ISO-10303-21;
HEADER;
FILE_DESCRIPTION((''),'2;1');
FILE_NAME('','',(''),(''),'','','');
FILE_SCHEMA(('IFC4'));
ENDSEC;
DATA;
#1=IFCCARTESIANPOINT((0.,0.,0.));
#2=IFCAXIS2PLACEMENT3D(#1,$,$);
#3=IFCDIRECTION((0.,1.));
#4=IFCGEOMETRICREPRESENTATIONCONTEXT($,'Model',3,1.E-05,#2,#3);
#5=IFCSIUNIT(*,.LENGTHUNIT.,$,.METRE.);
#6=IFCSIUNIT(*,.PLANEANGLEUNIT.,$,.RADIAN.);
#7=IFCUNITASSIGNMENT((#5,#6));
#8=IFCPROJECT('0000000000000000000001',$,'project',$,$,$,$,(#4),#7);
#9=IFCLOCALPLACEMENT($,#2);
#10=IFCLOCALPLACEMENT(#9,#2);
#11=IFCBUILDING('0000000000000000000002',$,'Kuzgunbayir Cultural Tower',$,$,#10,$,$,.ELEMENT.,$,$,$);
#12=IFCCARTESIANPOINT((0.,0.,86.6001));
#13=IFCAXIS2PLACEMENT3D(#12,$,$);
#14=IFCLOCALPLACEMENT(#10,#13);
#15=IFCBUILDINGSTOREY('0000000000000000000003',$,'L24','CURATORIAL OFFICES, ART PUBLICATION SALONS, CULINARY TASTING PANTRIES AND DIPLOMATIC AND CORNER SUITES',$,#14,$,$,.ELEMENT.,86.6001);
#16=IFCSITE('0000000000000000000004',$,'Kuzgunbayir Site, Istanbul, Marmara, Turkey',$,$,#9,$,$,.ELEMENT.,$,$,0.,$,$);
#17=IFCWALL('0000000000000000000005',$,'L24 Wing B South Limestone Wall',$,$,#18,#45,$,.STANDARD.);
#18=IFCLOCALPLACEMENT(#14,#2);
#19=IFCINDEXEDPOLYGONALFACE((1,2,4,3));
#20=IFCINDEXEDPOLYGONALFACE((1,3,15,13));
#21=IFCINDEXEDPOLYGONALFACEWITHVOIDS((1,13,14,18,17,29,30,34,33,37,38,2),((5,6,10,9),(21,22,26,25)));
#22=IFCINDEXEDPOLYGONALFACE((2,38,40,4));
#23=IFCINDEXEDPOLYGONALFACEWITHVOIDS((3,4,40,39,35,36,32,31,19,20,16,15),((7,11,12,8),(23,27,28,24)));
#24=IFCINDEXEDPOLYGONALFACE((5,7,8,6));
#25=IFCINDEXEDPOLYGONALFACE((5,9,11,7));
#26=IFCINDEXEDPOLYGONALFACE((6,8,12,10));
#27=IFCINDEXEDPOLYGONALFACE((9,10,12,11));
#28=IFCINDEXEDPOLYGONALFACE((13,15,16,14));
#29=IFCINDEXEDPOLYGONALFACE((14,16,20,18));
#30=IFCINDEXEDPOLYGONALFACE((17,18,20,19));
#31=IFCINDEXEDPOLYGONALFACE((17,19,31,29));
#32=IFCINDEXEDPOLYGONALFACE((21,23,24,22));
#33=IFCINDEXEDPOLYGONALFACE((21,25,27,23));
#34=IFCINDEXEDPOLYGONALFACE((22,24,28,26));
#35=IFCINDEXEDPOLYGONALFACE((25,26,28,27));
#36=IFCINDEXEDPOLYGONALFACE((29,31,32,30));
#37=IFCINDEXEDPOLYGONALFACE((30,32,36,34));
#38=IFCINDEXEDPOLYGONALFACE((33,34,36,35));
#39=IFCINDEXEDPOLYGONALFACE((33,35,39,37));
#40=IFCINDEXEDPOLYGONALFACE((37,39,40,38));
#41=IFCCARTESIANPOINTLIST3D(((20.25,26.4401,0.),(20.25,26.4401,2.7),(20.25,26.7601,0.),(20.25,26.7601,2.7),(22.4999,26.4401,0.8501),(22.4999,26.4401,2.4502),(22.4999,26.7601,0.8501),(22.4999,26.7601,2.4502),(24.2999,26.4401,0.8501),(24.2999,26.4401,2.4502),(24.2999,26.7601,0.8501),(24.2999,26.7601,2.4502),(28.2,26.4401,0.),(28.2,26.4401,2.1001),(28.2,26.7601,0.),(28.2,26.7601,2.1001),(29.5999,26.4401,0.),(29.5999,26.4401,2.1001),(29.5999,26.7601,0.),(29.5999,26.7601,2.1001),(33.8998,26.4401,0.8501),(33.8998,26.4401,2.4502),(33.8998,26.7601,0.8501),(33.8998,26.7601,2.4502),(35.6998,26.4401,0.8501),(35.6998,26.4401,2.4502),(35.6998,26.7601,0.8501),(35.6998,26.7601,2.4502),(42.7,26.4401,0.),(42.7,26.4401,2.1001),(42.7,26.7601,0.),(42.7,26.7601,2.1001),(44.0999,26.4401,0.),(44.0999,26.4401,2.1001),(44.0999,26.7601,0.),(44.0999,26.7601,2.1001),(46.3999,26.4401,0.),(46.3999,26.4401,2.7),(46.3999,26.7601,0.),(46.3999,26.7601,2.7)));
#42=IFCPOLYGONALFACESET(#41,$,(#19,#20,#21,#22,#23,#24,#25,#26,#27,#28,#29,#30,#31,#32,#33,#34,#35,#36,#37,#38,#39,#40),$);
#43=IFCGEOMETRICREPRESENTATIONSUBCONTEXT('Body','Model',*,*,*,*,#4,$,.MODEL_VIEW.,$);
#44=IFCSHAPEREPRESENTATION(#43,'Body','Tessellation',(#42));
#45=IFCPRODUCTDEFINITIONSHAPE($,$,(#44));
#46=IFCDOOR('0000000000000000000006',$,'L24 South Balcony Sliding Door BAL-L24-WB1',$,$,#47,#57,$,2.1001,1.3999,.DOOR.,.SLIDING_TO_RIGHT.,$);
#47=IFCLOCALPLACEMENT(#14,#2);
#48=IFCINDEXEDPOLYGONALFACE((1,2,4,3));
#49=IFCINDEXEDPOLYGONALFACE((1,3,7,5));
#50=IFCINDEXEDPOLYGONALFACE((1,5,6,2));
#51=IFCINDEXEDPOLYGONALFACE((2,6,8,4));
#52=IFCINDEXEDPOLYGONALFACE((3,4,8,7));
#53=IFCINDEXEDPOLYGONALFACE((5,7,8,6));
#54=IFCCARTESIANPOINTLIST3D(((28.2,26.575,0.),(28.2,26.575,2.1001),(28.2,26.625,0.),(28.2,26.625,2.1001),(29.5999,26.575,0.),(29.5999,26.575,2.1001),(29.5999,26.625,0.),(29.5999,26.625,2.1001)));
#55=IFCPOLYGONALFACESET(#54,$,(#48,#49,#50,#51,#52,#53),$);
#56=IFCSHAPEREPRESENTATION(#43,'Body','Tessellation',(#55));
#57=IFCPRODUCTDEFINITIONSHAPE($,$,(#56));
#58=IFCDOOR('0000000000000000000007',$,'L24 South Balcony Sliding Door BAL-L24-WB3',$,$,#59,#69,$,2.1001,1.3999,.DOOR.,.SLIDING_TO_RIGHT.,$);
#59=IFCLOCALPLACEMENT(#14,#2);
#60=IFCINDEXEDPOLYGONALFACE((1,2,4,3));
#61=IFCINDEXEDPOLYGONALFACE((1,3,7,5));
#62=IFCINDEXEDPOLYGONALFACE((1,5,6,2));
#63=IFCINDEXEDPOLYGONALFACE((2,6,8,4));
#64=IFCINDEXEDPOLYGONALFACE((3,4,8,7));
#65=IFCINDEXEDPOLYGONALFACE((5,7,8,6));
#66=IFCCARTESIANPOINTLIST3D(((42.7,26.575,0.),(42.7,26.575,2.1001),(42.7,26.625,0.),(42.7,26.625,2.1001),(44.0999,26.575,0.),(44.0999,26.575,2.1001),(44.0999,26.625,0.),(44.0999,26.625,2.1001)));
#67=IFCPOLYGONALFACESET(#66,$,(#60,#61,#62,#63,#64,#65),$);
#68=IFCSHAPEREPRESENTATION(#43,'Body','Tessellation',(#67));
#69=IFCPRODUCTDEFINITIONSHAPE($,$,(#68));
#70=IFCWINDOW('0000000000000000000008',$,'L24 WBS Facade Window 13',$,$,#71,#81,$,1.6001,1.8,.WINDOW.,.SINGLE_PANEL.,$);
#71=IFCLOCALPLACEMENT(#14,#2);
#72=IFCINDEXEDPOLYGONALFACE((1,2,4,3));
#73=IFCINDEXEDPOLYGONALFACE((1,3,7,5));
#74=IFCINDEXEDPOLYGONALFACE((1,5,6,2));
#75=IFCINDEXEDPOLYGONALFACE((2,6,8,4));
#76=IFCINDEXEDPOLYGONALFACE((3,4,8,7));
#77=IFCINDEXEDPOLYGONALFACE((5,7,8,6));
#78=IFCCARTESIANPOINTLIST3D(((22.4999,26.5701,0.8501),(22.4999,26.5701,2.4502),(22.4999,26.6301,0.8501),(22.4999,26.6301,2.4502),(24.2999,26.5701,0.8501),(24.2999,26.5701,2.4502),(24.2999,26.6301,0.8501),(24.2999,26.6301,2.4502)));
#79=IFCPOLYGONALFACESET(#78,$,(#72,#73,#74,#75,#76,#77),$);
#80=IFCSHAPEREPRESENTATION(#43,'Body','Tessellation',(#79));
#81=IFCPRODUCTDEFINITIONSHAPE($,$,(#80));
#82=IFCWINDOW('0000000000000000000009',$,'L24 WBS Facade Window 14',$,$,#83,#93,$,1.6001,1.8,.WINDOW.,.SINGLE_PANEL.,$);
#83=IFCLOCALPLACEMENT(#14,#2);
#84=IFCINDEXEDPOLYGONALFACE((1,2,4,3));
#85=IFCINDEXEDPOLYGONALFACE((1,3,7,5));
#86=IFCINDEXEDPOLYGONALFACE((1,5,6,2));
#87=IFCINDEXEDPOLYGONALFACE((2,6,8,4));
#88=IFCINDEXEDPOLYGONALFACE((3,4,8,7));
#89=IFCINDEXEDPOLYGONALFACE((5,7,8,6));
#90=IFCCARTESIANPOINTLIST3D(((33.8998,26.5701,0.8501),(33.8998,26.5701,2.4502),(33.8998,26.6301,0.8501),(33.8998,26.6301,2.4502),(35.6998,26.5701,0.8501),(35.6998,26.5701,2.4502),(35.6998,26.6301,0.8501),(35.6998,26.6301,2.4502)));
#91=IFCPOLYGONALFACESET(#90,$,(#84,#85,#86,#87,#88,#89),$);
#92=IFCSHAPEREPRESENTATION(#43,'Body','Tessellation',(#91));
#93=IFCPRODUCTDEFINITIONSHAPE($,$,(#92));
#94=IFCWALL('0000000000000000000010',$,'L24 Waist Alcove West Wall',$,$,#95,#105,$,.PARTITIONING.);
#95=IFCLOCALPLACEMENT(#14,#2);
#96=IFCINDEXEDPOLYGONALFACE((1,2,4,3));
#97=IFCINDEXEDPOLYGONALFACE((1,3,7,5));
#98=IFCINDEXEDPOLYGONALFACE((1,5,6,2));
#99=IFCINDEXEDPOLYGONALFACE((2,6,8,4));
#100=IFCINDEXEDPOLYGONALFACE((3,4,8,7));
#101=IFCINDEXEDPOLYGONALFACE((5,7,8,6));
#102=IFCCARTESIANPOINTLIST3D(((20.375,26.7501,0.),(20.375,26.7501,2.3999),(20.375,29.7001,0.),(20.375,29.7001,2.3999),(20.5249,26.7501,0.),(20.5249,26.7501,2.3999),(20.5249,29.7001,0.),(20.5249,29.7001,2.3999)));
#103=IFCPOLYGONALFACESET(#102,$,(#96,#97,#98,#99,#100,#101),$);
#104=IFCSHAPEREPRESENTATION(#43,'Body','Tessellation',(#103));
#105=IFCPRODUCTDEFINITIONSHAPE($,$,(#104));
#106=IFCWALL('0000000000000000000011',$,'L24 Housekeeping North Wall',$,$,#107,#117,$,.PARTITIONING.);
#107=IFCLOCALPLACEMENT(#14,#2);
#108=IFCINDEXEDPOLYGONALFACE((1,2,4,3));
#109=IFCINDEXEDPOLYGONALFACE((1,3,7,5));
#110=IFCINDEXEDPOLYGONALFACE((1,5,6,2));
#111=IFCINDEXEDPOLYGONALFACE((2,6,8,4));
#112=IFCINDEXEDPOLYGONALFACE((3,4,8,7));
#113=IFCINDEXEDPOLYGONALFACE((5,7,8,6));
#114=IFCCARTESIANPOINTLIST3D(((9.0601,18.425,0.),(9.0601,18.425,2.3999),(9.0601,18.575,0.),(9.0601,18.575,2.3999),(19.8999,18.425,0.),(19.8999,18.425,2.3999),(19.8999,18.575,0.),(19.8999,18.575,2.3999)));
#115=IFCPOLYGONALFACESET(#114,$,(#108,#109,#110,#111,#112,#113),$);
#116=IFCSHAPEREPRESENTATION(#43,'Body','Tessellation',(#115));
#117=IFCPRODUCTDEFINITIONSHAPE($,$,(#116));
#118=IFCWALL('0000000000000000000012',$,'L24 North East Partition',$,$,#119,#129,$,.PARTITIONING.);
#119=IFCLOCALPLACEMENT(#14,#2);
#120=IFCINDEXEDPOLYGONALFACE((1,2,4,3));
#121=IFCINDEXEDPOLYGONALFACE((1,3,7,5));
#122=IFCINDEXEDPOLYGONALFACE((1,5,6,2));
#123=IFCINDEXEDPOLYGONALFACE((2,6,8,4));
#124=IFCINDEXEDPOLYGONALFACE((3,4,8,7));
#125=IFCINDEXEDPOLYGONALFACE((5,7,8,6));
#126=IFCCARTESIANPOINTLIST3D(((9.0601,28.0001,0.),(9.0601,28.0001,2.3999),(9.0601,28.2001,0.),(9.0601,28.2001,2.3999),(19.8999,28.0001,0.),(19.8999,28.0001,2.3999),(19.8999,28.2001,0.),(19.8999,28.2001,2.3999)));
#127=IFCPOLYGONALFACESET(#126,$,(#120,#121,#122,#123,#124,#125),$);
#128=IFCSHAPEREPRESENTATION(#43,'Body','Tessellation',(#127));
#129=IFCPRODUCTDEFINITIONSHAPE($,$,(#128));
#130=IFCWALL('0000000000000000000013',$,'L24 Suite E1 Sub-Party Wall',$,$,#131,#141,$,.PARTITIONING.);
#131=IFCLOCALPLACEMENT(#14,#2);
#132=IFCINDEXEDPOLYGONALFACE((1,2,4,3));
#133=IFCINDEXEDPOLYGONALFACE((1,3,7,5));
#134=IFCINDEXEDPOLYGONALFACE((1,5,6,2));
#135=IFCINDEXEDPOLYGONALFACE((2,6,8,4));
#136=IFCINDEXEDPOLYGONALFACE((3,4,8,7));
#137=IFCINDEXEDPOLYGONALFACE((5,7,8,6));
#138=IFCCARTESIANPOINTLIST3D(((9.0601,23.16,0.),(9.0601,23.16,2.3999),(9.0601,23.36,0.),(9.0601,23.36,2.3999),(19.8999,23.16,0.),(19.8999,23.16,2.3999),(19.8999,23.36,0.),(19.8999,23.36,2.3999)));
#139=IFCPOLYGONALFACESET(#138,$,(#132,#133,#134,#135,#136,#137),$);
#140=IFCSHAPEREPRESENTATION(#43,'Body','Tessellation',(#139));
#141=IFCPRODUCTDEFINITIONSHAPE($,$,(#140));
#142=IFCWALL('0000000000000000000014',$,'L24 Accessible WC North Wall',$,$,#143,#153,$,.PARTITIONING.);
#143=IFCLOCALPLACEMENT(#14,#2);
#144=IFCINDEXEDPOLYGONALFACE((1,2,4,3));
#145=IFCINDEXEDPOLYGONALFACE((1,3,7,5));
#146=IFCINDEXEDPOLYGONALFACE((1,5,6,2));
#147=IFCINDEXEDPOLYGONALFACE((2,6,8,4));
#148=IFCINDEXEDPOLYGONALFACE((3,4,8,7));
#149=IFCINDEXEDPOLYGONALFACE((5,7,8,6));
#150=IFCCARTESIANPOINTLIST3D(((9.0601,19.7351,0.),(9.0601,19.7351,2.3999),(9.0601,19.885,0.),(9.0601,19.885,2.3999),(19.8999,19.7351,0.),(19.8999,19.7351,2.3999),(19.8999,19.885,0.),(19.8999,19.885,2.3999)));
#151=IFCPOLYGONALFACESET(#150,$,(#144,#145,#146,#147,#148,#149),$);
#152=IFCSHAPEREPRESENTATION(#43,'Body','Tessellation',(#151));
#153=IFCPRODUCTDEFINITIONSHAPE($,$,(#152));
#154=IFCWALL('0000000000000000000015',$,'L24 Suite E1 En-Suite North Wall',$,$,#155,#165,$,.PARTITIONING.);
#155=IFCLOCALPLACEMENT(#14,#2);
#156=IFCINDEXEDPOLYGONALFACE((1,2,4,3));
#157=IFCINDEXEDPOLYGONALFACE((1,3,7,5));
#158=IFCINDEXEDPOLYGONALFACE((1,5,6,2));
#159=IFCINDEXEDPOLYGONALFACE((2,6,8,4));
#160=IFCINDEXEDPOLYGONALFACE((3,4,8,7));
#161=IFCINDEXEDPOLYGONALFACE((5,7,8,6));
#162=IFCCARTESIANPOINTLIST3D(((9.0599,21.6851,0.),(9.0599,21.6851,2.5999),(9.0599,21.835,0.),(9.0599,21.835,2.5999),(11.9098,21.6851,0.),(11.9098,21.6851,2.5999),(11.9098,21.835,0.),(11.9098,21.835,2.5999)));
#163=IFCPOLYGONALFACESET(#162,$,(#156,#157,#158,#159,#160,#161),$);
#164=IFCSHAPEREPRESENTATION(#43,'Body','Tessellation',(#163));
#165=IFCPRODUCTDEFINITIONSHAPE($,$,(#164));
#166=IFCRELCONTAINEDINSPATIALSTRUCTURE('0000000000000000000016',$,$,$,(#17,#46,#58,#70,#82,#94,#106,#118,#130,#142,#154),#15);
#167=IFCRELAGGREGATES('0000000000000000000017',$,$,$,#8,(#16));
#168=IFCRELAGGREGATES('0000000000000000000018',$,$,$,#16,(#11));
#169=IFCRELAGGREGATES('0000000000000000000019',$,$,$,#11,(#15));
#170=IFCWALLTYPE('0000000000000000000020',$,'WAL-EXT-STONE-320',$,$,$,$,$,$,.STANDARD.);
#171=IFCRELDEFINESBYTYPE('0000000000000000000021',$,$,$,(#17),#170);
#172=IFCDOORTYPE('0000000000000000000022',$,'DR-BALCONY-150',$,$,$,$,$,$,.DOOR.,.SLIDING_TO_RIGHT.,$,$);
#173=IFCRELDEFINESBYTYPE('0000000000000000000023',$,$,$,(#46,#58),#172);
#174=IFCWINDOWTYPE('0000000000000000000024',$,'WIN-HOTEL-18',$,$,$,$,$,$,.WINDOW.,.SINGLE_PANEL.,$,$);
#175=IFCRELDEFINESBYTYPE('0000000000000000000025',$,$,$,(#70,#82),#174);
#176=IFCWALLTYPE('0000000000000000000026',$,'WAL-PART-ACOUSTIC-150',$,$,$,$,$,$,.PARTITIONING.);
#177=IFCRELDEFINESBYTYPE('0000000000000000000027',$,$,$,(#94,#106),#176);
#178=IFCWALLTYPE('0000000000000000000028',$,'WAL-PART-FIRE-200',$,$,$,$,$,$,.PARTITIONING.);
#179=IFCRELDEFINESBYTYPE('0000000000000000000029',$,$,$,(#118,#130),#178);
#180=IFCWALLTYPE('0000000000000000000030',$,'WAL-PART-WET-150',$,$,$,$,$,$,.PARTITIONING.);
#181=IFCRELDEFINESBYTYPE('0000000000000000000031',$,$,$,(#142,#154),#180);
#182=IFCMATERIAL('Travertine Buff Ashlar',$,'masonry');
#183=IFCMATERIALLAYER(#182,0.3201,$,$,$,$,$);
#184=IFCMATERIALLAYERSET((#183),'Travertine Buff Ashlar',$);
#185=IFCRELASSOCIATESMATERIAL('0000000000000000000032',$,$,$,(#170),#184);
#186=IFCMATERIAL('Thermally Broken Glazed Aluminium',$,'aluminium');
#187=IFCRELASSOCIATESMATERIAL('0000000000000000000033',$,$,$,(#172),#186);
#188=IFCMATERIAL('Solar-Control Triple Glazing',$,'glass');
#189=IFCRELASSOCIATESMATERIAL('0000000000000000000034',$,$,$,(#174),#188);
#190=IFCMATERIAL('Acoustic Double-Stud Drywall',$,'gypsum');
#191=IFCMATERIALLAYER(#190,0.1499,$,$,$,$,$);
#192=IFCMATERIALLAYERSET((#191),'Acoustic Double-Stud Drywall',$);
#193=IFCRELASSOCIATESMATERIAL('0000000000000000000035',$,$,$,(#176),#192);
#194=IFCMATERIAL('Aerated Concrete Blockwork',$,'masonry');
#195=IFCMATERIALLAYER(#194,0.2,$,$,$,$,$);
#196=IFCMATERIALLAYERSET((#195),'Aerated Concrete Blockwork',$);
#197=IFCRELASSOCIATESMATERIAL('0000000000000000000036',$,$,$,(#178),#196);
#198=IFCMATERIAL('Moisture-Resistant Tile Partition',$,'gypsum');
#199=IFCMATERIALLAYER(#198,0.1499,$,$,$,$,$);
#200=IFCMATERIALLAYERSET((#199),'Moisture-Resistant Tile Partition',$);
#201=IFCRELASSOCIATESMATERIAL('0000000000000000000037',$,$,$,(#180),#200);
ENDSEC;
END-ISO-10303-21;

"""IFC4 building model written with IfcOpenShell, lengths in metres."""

from ifc_helpers import new_model, si_unit, direction, frame, frame_2d, origin, place, context, subcontext, project, spatial, rectangle, extrude, material, layer, layer_set, type_object, element, fill, save


model = new_model("IFC4")

# Units and contexts
model_context = context("Model", 3, precision=1e-05, world=origin(), true_north=direction((0.0, 1.0)))
body_context = subcontext(model_context, "Body", "Model", "MODEL_VIEW")
ifc_project = project(units=[si_unit("LENGTHUNIT", "METRE"), si_unit("PLANEANGLEUNIT", "RADIAN")], contexts=[model_context])

# Site, building, storey
site_placement = place(None, origin())
site = spatial("IfcSite", under=ifc_project, at=site_placement, Name="Kuzgunbayir Site, Istanbul, Marmara, Turkey", CompositionType="ELEMENT", RefElevation=0.0)
building_placement = place(site_placement, origin())
building = spatial("IfcBuilding", under=site, at=building_placement, Name="Kuzgunbayir Cultural Tower", CompositionType="ELEMENT")
storey_placement = place(building_placement, frame((0.0, 0.0, 86.6001)))
storey = spatial("IfcBuildingStorey", under=building, at=storey_placement, Name="L24", Description="CURATORIAL OFFICES, ART PUBLICATION SALONS, CULINARY TASTING PANTRIES AND DIPLOMATIC AND CORNER SUITES", CompositionType="ELEMENT", Elevation=86.6001)

# Wall, openings, doors, windows
ifc_material_1 = material(Name="Travertine Buff Ashlar", Category="masonry")
ifc_layer_1 = layer(ifc_material_1, 0.3201)
ifc_layer_set_1 = layer_set([ifc_layer_1], Name="Travertine Buff Ashlar")
wall_type_1 = type_object("IfcWallType", Name="WAL-EXT-STONE-320", PredefinedType="STANDARD", material=ifc_layer_set_1)
wall_1_placement = place(storey_placement, frame((20.25, 26.6001, 0.0), z_axis=(0.0, 0.0, 1.0), x_axis=(1.0, 0.0, 0.0)))
wall_1 = element("IfcWall", 1, at=wall_1_placement, inside=storey, type_object=wall_type_1, Name="L24 Wing B South Limestone Wall", PredefinedType="STANDARD", context=body_context, shape_type="SweptSolid", body=[
    extrude(rectangle(XDim=26.1499, YDim=0.3201, at=frame_2d((13.075, 0.0))), origin(), (0.0, 0.0, 1.0), 2.7),
])
opening_1_placement = place(wall_1_placement, frame((7.95, 0.0, 0.0)))
opening_1 = element("IfcOpeningElement", 2, at=opening_1_placement, cuts=wall_1, PredefinedType="OPENING", context=body_context, shape_type="SweptSolid", body=[
    extrude(rectangle(XDim=1.3999, YDim=2.1001, at=frame_2d((0.7, 1.05))), frame((0.0, 0.1699, 0.0), z_axis=(0.0, -1.0, 0.0), x_axis=(1.0, 0.0, 0.0)), (0.0, 0.0, 1.0), 0.3401),
])
opening_2_placement = place(wall_1_placement, frame((22.45, 0.0, 0.0)))
opening_2 = element("IfcOpeningElement", 3, at=opening_2_placement, cuts=wall_1, PredefinedType="OPENING", context=body_context, shape_type="SweptSolid", body=[
    extrude(rectangle(XDim=1.3999, YDim=2.1001, at=frame_2d((0.7, 1.05))), frame((0.0, 0.1699, 0.0), z_axis=(0.0, -1.0, 0.0), x_axis=(1.0, 0.0, 0.0)), (0.0, 0.0, 1.0), 0.3401),
])
opening_3_placement = place(wall_1_placement, frame((2.25, 0.0, 0.8501)))
opening_3 = element("IfcOpeningElement", 4, at=opening_3_placement, cuts=wall_1, PredefinedType="OPENING", context=body_context, shape_type="SweptSolid", body=[
    extrude(rectangle(XDim=1.8, YDim=1.6001, at=frame_2d((0.8999, 0.8))), frame((0.0, 0.1699, 0.0), z_axis=(0.0, -1.0, 0.0), x_axis=(1.0, 0.0, 0.0)), (0.0, 0.0, 1.0), 0.3401),
])
opening_4_placement = place(wall_1_placement, frame((13.6499, 0.0, 0.8501)))
opening_4 = element("IfcOpeningElement", 5, at=opening_4_placement, cuts=wall_1, PredefinedType="OPENING", context=body_context, shape_type="SweptSolid", body=[
    extrude(rectangle(XDim=1.8, YDim=1.6001, at=frame_2d((0.8999, 0.8))), frame((0.0, 0.1699, 0.0), z_axis=(0.0, -1.0, 0.0), x_axis=(1.0, 0.0, 0.0)), (0.0, 0.0, 1.0), 0.3401),
])
ifc_material_2 = material(Name="Thermally Broken Glazed Aluminium", Category="aluminium")
door_type_1 = type_object("IfcDoorType", Name="DR-BALCONY-150", OperationType="SLIDING_TO_RIGHT", PredefinedType="DOOR", material=ifc_material_2)
door_1_placement = place(opening_1_placement, origin())
door_1 = element("IfcDoor", 6, at=door_1_placement, inside=storey, type_object=door_type_1, Name="L24 South Balcony Sliding Door BAL-L24-WB1", OperationType="SLIDING_TO_RIGHT", OverallHeight=2.1001, OverallWidth=1.3999, PredefinedType="DOOR", context=body_context, shape_type="SweptSolid", body=[
    extrude(rectangle(XDim=1.3999, YDim=2.1001, at=frame_2d((0.7, 1.05))), frame((0.0, 0.0249, 0.0), z_axis=(0.0, -1.0, 0.0), x_axis=(1.0, 0.0, 0.0)), (0.0, 0.0, 1.0), 0.05),
])
fill(opening_1, door_1)
door_2_placement = place(opening_2_placement, origin())
door_2 = element("IfcDoor", 7, at=door_2_placement, inside=storey, type_object=door_type_1, Name="L24 South Balcony Sliding Door BAL-L24-WB3", OperationType="SLIDING_TO_RIGHT", OverallHeight=2.1001, OverallWidth=1.3999, PredefinedType="DOOR", context=body_context, shape_type="SweptSolid", body=[
    extrude(rectangle(XDim=1.3999, YDim=2.1001, at=frame_2d((0.7, 1.05))), frame((0.0, 0.0249, 0.0), z_axis=(0.0, -1.0, 0.0), x_axis=(1.0, 0.0, 0.0)), (0.0, 0.0, 1.0), 0.05),
])
fill(opening_2, door_2)
ifc_material_3 = material(Name="Solar-Control Triple Glazing", Category="glass")
window_type = type_object("IfcWindowType", Name="WIN-HOTEL-18", PartitioningType="SINGLE_PANEL", PredefinedType="WINDOW", material=ifc_material_3)
window_1_placement = place(opening_3_placement, origin())
window_1 = element("IfcWindow", 8, at=window_1_placement, inside=storey, type_object=window_type, Name="L24 WBS Facade Window 13", OverallHeight=1.6001, OverallWidth=1.8, PartitioningType="SINGLE_PANEL", PredefinedType="WINDOW", context=body_context, shape_type="SweptSolid", body=[
    extrude(rectangle(XDim=1.8, YDim=1.6001, at=frame_2d((0.8999, 0.8))), frame((0.0, 0.03, 0.0), z_axis=(0.0, -1.0, 0.0), x_axis=(1.0, 0.0, 0.0)), (0.0, 0.0, 1.0), 0.0601),
])
fill(opening_3, window_1)
window_2_placement = place(opening_4_placement, origin())
window_2 = element("IfcWindow", 9, at=window_2_placement, inside=storey, type_object=window_type, Name="L24 WBS Facade Window 14", OverallHeight=1.6001, OverallWidth=1.8, PartitioningType="SINGLE_PANEL", PredefinedType="WINDOW", context=body_context, shape_type="SweptSolid", body=[
    extrude(rectangle(XDim=1.8, YDim=1.6001, at=frame_2d((0.8999, 0.8))), frame((0.0, 0.03, 0.0), z_axis=(0.0, -1.0, 0.0), x_axis=(1.0, 0.0, 0.0)), (0.0, 0.0, 1.0), 0.0601),
])
fill(opening_4, window_2)

# Walls
ifc_material_4 = material(Name="Acoustic Double-Stud Drywall", Category="gypsum")
ifc_layer_2 = layer(ifc_material_4, 0.1499)
ifc_layer_set_2 = layer_set([ifc_layer_2], Name="Acoustic Double-Stud Drywall")
wall_type_2 = type_object("IfcWallType", Name="WAL-PART-ACOUSTIC-150", PredefinedType="PARTITIONING", material=ifc_layer_set_2)
wall_2_placement = place(storey_placement, frame((20.45, 26.75, 0.0), z_axis=(0.0, 0.0, 1.0), x_axis=(0.0, 1.0, 0.0)))
element("IfcWall", 10, at=wall_2_placement, inside=storey, type_object=wall_type_2, Name="L24 Waist Alcove West Wall", PredefinedType="PARTITIONING", context=body_context, shape_type="SweptSolid", body=[
    extrude(rectangle(XDim=2.95, YDim=0.1499, at=frame_2d((1.4751, 0.0))), origin(), (0.0, 0.0, 1.0), 2.3999),
])
wall_3_placement = place(storey_placement, frame((9.0601, 18.5, 0.0), z_axis=(0.0, 0.0, 1.0), x_axis=(1.0, 0.0, 0.0)))
element("IfcWall", 11, at=wall_3_placement, inside=storey, type_object=wall_type_2, Name="L24 Housekeeping North Wall", PredefinedType="PARTITIONING", context=body_context, shape_type="SweptSolid", body=[
    extrude(rectangle(XDim=10.8398, YDim=0.1499, at=frame_2d((5.4199, 0.0))), origin(), (0.0, 0.0, 1.0), 2.3999),
])
ifc_material_5 = material(Name="Aerated Concrete Blockwork", Category="masonry")
ifc_layer_3 = layer(ifc_material_5, 0.2)
ifc_layer_set_3 = layer_set([ifc_layer_3], Name="Aerated Concrete Blockwork")
wall_type_3 = type_object("IfcWallType", Name="WAL-PART-FIRE-200", PredefinedType="PARTITIONING", material=ifc_layer_set_3)
for number, where, z_axis, x_axis, name in (
    (12, (9.0601, 28.1001, 0.0), (0.0, 0.0, 1.0), (1.0, 0.0, 0.0), "L24 North East Partition"),
    (13, (9.0601, 23.26, 0.0), (0.0, 0.0, 1.0), (1.0, 0.0, 0.0), "L24 Suite E1 Sub-Party Wall"),
):
    element("IfcWall", number, at=place(storey_placement, frame(where, z_axis=z_axis, x_axis=x_axis)), inside=storey, type_object=wall_type_3, Name=name, PredefinedType="PARTITIONING", context=body_context, shape_type="SweptSolid", body=[
        extrude(rectangle(XDim=10.8398, YDim=0.2, at=frame_2d((5.4199, 0.0))), origin(), (0.0, 0.0, 1.0), 2.3999),
    ])
ifc_material_6 = material(Name="Moisture-Resistant Tile Partition", Category="gypsum")
ifc_layer_4 = layer(ifc_material_6, 0.1499)
ifc_layer_set_4 = layer_set([ifc_layer_4], Name="Moisture-Resistant Tile Partition")
wall_type_4 = type_object("IfcWallType", Name="WAL-PART-WET-150", PredefinedType="PARTITIONING", material=ifc_layer_set_4)
wall_4_placement = place(storey_placement, frame((9.0601, 19.8101, 0.0), z_axis=(0.0, 0.0, 1.0), x_axis=(1.0, 0.0, 0.0)))
element("IfcWall", 14, at=wall_4_placement, inside=storey, type_object=wall_type_4, Name="L24 Accessible WC North Wall", PredefinedType="PARTITIONING", context=body_context, shape_type="SweptSolid", body=[
    extrude(rectangle(XDim=10.8398, YDim=0.1499, at=frame_2d((5.4199, 0.0))), origin(), (0.0, 0.0, 1.0), 2.3999),
])
wall_5_placement = place(storey_placement, frame((9.0601, 21.76, 0.0), z_axis=(0.0, 0.0, 1.0), x_axis=(1.0, 0.0, 0.0)))
element("IfcWall", 15, at=wall_5_placement, inside=storey, type_object=wall_type_4, Name="L24 Suite E1 En-Suite North Wall", PredefinedType="PARTITIONING", context=body_context, shape_type="SweptSolid", body=[
    extrude(rectangle(XDim=2.8499, YDim=0.1499, at=frame_2d((1.4248, 0.0))), origin(), (0.0, 0.0, 1.0), 2.5999),
])

save(model, "model.ifc")
